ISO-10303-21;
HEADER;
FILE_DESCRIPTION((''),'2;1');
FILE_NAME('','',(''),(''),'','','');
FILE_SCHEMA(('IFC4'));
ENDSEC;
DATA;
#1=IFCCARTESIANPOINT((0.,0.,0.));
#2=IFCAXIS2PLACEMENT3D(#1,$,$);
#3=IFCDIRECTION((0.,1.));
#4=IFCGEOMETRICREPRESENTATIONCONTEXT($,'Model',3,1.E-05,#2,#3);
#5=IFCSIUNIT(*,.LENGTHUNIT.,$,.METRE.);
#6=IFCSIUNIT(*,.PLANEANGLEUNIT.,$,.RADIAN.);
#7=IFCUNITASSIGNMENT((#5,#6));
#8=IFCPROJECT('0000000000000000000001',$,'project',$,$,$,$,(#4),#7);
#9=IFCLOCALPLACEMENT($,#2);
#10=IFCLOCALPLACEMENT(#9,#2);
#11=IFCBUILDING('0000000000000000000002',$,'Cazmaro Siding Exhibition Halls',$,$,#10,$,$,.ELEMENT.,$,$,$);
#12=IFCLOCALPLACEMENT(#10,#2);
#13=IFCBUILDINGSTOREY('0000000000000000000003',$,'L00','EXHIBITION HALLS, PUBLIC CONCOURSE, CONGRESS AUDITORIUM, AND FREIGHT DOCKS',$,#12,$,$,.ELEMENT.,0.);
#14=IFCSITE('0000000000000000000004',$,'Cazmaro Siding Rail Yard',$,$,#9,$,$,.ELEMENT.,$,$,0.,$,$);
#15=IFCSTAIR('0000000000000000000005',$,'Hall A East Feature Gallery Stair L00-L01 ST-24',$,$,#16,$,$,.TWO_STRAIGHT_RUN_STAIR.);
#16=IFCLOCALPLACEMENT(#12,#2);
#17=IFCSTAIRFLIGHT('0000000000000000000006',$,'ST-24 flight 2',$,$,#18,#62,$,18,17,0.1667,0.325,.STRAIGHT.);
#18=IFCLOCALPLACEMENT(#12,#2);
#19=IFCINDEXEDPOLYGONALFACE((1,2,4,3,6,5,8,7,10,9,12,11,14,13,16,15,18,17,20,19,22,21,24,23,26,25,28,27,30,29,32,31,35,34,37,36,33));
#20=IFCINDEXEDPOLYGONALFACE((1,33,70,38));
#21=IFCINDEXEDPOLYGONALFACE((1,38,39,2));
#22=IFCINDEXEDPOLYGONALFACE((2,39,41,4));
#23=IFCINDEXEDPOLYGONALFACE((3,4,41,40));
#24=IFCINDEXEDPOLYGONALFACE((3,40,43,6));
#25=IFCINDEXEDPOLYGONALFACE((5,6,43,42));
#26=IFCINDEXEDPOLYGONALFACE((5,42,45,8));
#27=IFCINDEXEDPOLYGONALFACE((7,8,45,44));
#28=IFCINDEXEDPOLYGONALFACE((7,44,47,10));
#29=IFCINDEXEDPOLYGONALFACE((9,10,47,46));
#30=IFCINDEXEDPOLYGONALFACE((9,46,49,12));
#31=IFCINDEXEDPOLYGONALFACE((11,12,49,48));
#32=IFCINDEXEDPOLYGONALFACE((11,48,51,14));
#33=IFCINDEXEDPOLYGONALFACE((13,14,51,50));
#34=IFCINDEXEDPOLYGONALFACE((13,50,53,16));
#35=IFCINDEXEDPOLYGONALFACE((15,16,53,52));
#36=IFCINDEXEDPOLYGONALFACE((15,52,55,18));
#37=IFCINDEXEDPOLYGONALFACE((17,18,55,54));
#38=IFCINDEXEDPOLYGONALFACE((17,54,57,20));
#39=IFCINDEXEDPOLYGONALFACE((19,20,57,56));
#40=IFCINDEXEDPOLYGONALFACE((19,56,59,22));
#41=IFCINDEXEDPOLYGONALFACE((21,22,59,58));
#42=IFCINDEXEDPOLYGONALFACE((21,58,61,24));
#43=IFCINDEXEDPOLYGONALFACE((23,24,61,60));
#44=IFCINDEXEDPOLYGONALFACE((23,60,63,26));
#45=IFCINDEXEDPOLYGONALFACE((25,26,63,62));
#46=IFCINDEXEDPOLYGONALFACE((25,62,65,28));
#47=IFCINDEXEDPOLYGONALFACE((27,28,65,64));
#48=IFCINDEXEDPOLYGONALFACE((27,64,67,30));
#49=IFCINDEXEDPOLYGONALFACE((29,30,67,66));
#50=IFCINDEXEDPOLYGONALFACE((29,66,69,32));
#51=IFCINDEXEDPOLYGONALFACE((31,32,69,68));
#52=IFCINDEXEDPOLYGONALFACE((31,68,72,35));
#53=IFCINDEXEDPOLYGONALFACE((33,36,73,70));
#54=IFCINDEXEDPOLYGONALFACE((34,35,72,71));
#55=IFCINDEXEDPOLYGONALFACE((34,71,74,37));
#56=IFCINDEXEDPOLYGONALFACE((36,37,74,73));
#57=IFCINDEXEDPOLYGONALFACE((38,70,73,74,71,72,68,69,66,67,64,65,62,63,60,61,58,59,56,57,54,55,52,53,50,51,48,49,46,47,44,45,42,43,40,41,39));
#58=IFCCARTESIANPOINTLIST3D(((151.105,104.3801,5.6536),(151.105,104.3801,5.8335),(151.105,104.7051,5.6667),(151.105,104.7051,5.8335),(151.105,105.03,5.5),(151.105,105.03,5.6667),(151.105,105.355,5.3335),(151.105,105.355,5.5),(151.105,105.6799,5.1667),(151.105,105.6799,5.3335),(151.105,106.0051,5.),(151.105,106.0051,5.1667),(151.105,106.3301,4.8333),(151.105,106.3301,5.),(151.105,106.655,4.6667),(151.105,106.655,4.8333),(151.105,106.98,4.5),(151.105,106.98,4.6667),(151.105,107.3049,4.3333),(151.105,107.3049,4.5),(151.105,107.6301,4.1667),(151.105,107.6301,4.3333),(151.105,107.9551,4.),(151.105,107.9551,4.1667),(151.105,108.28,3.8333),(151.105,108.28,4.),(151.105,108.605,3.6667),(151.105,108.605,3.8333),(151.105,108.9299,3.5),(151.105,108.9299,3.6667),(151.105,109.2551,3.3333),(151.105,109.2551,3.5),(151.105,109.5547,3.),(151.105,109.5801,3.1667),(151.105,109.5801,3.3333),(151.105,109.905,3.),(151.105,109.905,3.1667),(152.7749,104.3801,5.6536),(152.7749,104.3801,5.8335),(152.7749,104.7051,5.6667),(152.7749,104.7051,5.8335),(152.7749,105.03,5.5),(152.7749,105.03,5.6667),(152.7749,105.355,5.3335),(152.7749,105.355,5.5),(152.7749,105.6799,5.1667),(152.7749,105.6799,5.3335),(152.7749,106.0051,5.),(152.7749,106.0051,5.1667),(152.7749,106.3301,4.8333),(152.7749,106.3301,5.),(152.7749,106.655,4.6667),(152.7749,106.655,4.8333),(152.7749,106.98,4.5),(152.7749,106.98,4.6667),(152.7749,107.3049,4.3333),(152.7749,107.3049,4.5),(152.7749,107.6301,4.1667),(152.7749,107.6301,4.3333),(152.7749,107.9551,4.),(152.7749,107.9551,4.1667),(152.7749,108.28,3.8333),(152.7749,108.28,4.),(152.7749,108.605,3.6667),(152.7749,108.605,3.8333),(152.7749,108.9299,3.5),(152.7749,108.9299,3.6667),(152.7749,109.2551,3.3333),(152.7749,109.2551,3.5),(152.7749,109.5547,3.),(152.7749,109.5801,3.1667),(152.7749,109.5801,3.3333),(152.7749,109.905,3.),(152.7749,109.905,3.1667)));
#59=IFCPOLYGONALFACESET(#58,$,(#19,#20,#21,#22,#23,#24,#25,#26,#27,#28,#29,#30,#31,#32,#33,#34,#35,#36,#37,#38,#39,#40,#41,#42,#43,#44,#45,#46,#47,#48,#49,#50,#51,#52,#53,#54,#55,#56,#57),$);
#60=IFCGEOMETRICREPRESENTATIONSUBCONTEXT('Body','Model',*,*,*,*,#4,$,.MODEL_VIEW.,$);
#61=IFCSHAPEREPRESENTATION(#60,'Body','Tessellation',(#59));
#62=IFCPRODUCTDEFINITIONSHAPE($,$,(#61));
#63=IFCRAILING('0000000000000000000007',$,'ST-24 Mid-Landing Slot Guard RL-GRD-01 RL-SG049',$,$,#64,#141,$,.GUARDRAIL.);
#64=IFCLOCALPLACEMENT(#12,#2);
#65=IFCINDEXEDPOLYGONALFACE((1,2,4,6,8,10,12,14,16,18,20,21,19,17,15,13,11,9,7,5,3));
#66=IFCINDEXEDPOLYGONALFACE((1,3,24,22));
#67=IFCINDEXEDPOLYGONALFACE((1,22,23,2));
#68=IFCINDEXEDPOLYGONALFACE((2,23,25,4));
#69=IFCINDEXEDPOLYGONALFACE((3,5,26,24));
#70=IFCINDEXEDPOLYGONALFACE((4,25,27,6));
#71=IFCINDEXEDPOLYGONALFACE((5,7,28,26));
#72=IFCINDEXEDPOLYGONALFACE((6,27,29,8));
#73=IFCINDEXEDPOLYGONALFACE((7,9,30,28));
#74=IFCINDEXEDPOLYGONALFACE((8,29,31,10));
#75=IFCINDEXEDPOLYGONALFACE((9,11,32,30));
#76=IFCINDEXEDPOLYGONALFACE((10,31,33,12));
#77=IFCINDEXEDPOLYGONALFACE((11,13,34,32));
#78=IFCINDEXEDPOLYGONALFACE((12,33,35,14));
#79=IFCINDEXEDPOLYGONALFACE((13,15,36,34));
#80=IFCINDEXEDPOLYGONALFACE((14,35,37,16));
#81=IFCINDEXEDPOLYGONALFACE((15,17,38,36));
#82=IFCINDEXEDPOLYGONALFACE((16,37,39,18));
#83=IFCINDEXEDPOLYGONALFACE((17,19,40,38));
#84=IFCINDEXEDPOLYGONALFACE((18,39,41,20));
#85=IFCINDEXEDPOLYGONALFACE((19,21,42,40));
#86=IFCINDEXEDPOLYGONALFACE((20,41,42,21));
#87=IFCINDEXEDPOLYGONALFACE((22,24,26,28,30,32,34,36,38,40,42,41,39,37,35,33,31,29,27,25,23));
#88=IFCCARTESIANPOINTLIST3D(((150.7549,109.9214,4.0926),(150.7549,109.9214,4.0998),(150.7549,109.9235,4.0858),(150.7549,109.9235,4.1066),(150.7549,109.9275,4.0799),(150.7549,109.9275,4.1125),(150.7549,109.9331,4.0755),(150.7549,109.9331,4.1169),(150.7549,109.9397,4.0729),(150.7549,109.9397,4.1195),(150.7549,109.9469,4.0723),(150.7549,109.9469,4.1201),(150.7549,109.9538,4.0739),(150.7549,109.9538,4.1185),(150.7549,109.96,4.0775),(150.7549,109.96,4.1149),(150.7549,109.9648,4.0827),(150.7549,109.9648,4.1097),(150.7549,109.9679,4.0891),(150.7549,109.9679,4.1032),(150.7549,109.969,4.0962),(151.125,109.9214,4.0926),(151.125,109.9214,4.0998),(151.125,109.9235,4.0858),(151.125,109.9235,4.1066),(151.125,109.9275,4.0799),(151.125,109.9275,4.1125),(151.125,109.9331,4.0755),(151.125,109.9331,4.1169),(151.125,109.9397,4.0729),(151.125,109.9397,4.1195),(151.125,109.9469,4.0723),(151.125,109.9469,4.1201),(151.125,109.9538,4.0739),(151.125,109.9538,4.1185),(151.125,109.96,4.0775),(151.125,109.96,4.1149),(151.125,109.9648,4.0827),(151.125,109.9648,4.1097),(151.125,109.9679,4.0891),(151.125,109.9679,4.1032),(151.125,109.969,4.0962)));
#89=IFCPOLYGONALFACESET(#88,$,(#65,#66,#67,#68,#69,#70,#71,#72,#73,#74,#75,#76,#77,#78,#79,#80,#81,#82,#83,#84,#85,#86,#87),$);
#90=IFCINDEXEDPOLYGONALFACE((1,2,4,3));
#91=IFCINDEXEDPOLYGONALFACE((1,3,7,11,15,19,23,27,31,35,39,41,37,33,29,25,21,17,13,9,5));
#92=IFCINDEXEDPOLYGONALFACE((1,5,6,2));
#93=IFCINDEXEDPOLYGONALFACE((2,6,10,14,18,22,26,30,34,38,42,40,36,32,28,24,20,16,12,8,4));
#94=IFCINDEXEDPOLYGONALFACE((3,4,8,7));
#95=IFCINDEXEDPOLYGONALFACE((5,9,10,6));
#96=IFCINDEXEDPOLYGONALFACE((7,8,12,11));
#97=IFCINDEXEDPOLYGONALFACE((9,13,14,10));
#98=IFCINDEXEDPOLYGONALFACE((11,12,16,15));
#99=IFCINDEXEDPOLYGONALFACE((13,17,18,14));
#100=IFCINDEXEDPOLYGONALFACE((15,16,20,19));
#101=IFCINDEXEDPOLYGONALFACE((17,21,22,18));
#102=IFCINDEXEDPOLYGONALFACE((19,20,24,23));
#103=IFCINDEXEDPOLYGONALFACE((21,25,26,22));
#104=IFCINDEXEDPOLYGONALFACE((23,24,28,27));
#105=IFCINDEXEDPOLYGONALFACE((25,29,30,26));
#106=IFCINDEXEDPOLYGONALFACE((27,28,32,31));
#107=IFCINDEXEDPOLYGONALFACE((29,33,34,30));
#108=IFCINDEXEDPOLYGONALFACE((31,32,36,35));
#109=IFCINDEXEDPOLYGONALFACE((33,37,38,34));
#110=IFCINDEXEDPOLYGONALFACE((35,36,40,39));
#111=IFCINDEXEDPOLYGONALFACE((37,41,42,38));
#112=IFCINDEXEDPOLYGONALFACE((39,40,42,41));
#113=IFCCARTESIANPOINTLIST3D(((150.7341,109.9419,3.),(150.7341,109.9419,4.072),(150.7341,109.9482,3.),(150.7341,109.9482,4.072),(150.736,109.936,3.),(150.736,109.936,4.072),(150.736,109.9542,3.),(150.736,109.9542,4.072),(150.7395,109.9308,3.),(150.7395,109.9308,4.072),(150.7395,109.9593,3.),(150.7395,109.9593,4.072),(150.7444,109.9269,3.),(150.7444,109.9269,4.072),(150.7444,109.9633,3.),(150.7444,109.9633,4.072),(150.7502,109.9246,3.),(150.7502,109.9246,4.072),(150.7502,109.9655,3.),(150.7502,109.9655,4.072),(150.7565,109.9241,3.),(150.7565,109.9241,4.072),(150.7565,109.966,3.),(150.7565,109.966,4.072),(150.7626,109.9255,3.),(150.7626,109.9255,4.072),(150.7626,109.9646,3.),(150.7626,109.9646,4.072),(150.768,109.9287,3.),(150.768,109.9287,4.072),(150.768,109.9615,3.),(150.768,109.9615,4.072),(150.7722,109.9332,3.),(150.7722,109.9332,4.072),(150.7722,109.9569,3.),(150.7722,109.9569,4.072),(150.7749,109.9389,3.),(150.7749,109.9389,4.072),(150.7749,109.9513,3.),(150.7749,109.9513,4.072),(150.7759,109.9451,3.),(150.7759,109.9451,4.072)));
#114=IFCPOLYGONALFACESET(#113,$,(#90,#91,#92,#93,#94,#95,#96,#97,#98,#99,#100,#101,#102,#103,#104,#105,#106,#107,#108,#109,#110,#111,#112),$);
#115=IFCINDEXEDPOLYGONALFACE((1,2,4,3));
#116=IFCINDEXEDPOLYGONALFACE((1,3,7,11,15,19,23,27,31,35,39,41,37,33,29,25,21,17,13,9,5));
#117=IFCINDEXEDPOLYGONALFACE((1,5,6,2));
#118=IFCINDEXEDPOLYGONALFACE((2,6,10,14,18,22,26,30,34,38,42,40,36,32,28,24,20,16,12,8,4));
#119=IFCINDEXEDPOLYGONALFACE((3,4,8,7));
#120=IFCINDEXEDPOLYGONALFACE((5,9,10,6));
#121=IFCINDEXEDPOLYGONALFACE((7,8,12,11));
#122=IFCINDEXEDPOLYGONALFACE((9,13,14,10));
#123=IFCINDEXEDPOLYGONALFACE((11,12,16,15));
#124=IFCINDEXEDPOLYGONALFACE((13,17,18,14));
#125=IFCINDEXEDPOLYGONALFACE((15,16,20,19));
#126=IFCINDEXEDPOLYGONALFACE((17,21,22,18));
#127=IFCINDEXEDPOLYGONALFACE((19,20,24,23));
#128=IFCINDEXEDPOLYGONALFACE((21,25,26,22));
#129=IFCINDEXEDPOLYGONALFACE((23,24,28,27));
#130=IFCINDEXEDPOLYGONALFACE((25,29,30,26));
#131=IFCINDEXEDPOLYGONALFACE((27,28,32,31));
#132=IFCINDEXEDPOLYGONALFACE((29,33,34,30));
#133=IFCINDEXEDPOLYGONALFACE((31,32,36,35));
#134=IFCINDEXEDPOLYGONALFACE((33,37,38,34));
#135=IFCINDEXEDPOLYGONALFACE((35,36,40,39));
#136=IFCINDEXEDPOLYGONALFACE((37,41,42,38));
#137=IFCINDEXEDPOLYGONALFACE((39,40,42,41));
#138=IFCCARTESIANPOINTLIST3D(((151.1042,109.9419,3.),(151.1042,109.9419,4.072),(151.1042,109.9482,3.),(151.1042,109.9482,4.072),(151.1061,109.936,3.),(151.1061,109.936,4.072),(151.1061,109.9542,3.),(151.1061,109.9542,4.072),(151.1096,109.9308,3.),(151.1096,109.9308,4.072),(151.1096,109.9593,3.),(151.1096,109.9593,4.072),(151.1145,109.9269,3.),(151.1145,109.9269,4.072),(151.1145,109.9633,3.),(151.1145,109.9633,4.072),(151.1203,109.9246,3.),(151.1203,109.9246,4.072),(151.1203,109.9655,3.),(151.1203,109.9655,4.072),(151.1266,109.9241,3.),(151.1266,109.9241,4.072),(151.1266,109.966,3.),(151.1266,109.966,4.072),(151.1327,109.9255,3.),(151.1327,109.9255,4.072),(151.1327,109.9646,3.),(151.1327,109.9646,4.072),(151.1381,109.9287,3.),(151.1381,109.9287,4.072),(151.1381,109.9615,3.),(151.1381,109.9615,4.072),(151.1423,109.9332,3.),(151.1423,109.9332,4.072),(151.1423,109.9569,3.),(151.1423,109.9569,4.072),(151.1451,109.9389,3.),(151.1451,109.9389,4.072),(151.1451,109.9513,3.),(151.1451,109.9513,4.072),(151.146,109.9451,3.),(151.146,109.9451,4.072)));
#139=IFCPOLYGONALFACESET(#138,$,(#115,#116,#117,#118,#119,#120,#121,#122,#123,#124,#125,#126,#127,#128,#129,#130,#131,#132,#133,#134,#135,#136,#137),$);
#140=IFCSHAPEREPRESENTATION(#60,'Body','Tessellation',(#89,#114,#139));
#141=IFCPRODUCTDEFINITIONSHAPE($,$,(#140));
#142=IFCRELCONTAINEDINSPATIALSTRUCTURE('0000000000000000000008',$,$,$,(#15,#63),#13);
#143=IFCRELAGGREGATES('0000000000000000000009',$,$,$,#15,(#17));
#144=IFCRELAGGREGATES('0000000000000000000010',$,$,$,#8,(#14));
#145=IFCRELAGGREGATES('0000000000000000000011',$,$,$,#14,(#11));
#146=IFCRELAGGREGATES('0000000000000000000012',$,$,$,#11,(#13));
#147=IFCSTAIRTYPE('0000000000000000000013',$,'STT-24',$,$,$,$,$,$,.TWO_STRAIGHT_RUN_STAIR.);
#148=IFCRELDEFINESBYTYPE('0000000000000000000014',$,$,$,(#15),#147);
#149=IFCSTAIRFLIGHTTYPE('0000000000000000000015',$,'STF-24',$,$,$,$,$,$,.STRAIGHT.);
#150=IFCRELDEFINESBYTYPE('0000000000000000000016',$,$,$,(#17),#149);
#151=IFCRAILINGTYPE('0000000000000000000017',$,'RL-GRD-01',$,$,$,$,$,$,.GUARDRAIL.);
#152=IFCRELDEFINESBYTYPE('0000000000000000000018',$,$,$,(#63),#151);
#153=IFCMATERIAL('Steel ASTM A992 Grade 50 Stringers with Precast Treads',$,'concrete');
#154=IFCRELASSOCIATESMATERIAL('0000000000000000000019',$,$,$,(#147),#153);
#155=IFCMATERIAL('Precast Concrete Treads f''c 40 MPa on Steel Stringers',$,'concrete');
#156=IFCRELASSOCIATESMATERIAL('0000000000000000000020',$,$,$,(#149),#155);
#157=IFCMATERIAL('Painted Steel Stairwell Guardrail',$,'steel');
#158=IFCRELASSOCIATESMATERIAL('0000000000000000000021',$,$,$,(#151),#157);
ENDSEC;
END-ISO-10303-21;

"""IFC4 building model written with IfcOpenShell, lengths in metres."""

from ifc_helpers import new_model, si_unit, direction, frame, origin, origin_2d, place, context, subcontext, project, spatial, polyline, circle, outline, extrude, material, type_object, element, aggregate, save


model = new_model("IFC4")

# Units and contexts
model_context = context("Model", 3, precision=1e-05, world=origin(), true_north=direction((0.0, 1.0)))
body_context = subcontext(model_context, "Body", "Model", "MODEL_VIEW")
ifc_project = project(units=[si_unit("LENGTHUNIT", "METRE"), si_unit("PLANEANGLEUNIT", "RADIAN")], contexts=[model_context])

# Site, building, storey
site_placement = place(None, origin())
site = spatial("IfcSite", under=ifc_project, at=site_placement, Name="Cazmaro Siding Rail Yard", CompositionType="ELEMENT", RefElevation=0.0)
building_placement = place(site_placement, origin())
building = spatial("IfcBuilding", under=site, at=building_placement, Name="Cazmaro Siding Exhibition Halls", CompositionType="ELEMENT")
storey_placement = place(building_placement, origin())
storey = spatial("IfcBuildingStorey", under=building, at=storey_placement, Name="L00", Description="EXHIBITION HALLS, PUBLIC CONCOURSE, CONGRESS AUDITORIUM, AND FREIGHT DOCKS", CompositionType="ELEMENT", Elevation=0.0)

# Stair, stair flight
ifc_material_1 = material(Name="Steel ASTM A992 Grade 50 Stringers with Precast Treads", Category="concrete")
stair_type = type_object("IfcStairType", Name="STT-24", PredefinedType="TWO_STRAIGHT_RUN_STAIR", material=ifc_material_1)
stair_placement = place(storey_placement, origin())
stair = element("IfcStair", 1, at=stair_placement, inside=storey, type_object=stair_type, Name="Hall A East Feature Gallery Stair L00-L01 ST-24", PredefinedType="TWO_STRAIGHT_RUN_STAIR")
ifc_material_2 = material(Name="Precast Concrete Treads f'c 40 MPa on Steel Stringers", Category="concrete")
stair_flight_type = type_object("IfcStairFlightType", Name="STF-24", PredefinedType="STRAIGHT", material=ifc_material_2)
stair_flight_1_placement = place(storey_placement, frame((151.9399, 109.905, 3.0), z_axis=(0.0, 0.0, 1.0), x_axis=(0.0, -1.0, 0.0)))
stair_flight_1 = element("IfcStairFlight", 2, at=stair_flight_1_placement, type_object=stair_flight_type, Name="ST-24 flight 2", NumberOfRisers=18, NumberOfTreads=17, PredefinedType="STRAIGHT", RiserHeight=0.1667, TreadLength=0.325, context=body_context, shape_type="SweptSolid", body=[
    extrude(outline(polyline([(0.0, 0.0), (0.0, 0.1667), (0.325, 0.1667), (0.325, 0.3333), (0.6499, 0.3333), (0.6499, 0.5), (0.9751, 0.5), (0.9751, 0.6667), (1.3, 0.6667), (1.3, 0.8333), (1.625, 0.8333), (1.625, 1.0), (1.95, 1.0), (1.95, 1.1667), (2.2749, 1.1667), (2.2749, 1.3333), (2.6001, 1.3333), (2.6001, 1.5), (2.925, 1.5), (2.925, 1.6667), (3.25, 1.6667), (3.25, 1.8333), (3.575, 1.8333), (3.575, 2.0), (3.8999, 2.0), (3.8999, 2.1667), (4.2251, 2.1667), (4.2251, 2.3335), (4.55, 2.3335), (4.55, 2.5), (4.875, 2.5), (4.875, 2.6667), (5.2, 2.6667), (5.2, 2.8335), (5.5249, 2.8335), (5.5249, 3.0), (5.5249, 2.6536), (0.3503, 0.0), (0.0, 0.0)])), frame((0.0, 0.835, 0.0), z_axis=(0.0, -1.0, 0.0), x_axis=(1.0, 0.0, 0.0)), (0.0, 0.0, 1.0), 1.6699),
])
aggregate(stair, [stair_flight_1])

# Railing
ifc_material_3 = material(Name="Painted Steel Stairwell Guardrail", Category="steel")
railing_type_1 = type_object("IfcRailingType", Name="RL-GRD-01", PredefinedType="GUARDRAIL", material=ifc_material_3)
railing_1_placement = place(storey_placement, frame((150.7549, 109.9451, 3.0)))
element("IfcRailing", 3, at=railing_1_placement, inside=storey, type_object=railing_type_1, Name="ST-24 Mid-Landing Slot Guard RL-GRD-01 RL-SG049", PredefinedType="GUARDRAIL", context=body_context, shape_type="SweptSolid", body=[
    extrude(circle(Radius=0.0239, at=origin_2d()), frame((0.0, 0.0, 1.0962), z_axis=(1.0, 0.0, 0.0), x_axis=(0.0, 1.0, 0.0)), (0.0, 0.0, 1.0), 0.3701),
    extrude(circle(Radius=0.021, at=origin_2d()), origin(), (0.0, 0.0, 1.0), 1.072),
    extrude(circle(Radius=0.021, at=origin_2d()), frame((0.3701, 0.0, 0.0)), (0.0, 0.0, 1.0), 1.072),
])

save(model, "model.ifc")
